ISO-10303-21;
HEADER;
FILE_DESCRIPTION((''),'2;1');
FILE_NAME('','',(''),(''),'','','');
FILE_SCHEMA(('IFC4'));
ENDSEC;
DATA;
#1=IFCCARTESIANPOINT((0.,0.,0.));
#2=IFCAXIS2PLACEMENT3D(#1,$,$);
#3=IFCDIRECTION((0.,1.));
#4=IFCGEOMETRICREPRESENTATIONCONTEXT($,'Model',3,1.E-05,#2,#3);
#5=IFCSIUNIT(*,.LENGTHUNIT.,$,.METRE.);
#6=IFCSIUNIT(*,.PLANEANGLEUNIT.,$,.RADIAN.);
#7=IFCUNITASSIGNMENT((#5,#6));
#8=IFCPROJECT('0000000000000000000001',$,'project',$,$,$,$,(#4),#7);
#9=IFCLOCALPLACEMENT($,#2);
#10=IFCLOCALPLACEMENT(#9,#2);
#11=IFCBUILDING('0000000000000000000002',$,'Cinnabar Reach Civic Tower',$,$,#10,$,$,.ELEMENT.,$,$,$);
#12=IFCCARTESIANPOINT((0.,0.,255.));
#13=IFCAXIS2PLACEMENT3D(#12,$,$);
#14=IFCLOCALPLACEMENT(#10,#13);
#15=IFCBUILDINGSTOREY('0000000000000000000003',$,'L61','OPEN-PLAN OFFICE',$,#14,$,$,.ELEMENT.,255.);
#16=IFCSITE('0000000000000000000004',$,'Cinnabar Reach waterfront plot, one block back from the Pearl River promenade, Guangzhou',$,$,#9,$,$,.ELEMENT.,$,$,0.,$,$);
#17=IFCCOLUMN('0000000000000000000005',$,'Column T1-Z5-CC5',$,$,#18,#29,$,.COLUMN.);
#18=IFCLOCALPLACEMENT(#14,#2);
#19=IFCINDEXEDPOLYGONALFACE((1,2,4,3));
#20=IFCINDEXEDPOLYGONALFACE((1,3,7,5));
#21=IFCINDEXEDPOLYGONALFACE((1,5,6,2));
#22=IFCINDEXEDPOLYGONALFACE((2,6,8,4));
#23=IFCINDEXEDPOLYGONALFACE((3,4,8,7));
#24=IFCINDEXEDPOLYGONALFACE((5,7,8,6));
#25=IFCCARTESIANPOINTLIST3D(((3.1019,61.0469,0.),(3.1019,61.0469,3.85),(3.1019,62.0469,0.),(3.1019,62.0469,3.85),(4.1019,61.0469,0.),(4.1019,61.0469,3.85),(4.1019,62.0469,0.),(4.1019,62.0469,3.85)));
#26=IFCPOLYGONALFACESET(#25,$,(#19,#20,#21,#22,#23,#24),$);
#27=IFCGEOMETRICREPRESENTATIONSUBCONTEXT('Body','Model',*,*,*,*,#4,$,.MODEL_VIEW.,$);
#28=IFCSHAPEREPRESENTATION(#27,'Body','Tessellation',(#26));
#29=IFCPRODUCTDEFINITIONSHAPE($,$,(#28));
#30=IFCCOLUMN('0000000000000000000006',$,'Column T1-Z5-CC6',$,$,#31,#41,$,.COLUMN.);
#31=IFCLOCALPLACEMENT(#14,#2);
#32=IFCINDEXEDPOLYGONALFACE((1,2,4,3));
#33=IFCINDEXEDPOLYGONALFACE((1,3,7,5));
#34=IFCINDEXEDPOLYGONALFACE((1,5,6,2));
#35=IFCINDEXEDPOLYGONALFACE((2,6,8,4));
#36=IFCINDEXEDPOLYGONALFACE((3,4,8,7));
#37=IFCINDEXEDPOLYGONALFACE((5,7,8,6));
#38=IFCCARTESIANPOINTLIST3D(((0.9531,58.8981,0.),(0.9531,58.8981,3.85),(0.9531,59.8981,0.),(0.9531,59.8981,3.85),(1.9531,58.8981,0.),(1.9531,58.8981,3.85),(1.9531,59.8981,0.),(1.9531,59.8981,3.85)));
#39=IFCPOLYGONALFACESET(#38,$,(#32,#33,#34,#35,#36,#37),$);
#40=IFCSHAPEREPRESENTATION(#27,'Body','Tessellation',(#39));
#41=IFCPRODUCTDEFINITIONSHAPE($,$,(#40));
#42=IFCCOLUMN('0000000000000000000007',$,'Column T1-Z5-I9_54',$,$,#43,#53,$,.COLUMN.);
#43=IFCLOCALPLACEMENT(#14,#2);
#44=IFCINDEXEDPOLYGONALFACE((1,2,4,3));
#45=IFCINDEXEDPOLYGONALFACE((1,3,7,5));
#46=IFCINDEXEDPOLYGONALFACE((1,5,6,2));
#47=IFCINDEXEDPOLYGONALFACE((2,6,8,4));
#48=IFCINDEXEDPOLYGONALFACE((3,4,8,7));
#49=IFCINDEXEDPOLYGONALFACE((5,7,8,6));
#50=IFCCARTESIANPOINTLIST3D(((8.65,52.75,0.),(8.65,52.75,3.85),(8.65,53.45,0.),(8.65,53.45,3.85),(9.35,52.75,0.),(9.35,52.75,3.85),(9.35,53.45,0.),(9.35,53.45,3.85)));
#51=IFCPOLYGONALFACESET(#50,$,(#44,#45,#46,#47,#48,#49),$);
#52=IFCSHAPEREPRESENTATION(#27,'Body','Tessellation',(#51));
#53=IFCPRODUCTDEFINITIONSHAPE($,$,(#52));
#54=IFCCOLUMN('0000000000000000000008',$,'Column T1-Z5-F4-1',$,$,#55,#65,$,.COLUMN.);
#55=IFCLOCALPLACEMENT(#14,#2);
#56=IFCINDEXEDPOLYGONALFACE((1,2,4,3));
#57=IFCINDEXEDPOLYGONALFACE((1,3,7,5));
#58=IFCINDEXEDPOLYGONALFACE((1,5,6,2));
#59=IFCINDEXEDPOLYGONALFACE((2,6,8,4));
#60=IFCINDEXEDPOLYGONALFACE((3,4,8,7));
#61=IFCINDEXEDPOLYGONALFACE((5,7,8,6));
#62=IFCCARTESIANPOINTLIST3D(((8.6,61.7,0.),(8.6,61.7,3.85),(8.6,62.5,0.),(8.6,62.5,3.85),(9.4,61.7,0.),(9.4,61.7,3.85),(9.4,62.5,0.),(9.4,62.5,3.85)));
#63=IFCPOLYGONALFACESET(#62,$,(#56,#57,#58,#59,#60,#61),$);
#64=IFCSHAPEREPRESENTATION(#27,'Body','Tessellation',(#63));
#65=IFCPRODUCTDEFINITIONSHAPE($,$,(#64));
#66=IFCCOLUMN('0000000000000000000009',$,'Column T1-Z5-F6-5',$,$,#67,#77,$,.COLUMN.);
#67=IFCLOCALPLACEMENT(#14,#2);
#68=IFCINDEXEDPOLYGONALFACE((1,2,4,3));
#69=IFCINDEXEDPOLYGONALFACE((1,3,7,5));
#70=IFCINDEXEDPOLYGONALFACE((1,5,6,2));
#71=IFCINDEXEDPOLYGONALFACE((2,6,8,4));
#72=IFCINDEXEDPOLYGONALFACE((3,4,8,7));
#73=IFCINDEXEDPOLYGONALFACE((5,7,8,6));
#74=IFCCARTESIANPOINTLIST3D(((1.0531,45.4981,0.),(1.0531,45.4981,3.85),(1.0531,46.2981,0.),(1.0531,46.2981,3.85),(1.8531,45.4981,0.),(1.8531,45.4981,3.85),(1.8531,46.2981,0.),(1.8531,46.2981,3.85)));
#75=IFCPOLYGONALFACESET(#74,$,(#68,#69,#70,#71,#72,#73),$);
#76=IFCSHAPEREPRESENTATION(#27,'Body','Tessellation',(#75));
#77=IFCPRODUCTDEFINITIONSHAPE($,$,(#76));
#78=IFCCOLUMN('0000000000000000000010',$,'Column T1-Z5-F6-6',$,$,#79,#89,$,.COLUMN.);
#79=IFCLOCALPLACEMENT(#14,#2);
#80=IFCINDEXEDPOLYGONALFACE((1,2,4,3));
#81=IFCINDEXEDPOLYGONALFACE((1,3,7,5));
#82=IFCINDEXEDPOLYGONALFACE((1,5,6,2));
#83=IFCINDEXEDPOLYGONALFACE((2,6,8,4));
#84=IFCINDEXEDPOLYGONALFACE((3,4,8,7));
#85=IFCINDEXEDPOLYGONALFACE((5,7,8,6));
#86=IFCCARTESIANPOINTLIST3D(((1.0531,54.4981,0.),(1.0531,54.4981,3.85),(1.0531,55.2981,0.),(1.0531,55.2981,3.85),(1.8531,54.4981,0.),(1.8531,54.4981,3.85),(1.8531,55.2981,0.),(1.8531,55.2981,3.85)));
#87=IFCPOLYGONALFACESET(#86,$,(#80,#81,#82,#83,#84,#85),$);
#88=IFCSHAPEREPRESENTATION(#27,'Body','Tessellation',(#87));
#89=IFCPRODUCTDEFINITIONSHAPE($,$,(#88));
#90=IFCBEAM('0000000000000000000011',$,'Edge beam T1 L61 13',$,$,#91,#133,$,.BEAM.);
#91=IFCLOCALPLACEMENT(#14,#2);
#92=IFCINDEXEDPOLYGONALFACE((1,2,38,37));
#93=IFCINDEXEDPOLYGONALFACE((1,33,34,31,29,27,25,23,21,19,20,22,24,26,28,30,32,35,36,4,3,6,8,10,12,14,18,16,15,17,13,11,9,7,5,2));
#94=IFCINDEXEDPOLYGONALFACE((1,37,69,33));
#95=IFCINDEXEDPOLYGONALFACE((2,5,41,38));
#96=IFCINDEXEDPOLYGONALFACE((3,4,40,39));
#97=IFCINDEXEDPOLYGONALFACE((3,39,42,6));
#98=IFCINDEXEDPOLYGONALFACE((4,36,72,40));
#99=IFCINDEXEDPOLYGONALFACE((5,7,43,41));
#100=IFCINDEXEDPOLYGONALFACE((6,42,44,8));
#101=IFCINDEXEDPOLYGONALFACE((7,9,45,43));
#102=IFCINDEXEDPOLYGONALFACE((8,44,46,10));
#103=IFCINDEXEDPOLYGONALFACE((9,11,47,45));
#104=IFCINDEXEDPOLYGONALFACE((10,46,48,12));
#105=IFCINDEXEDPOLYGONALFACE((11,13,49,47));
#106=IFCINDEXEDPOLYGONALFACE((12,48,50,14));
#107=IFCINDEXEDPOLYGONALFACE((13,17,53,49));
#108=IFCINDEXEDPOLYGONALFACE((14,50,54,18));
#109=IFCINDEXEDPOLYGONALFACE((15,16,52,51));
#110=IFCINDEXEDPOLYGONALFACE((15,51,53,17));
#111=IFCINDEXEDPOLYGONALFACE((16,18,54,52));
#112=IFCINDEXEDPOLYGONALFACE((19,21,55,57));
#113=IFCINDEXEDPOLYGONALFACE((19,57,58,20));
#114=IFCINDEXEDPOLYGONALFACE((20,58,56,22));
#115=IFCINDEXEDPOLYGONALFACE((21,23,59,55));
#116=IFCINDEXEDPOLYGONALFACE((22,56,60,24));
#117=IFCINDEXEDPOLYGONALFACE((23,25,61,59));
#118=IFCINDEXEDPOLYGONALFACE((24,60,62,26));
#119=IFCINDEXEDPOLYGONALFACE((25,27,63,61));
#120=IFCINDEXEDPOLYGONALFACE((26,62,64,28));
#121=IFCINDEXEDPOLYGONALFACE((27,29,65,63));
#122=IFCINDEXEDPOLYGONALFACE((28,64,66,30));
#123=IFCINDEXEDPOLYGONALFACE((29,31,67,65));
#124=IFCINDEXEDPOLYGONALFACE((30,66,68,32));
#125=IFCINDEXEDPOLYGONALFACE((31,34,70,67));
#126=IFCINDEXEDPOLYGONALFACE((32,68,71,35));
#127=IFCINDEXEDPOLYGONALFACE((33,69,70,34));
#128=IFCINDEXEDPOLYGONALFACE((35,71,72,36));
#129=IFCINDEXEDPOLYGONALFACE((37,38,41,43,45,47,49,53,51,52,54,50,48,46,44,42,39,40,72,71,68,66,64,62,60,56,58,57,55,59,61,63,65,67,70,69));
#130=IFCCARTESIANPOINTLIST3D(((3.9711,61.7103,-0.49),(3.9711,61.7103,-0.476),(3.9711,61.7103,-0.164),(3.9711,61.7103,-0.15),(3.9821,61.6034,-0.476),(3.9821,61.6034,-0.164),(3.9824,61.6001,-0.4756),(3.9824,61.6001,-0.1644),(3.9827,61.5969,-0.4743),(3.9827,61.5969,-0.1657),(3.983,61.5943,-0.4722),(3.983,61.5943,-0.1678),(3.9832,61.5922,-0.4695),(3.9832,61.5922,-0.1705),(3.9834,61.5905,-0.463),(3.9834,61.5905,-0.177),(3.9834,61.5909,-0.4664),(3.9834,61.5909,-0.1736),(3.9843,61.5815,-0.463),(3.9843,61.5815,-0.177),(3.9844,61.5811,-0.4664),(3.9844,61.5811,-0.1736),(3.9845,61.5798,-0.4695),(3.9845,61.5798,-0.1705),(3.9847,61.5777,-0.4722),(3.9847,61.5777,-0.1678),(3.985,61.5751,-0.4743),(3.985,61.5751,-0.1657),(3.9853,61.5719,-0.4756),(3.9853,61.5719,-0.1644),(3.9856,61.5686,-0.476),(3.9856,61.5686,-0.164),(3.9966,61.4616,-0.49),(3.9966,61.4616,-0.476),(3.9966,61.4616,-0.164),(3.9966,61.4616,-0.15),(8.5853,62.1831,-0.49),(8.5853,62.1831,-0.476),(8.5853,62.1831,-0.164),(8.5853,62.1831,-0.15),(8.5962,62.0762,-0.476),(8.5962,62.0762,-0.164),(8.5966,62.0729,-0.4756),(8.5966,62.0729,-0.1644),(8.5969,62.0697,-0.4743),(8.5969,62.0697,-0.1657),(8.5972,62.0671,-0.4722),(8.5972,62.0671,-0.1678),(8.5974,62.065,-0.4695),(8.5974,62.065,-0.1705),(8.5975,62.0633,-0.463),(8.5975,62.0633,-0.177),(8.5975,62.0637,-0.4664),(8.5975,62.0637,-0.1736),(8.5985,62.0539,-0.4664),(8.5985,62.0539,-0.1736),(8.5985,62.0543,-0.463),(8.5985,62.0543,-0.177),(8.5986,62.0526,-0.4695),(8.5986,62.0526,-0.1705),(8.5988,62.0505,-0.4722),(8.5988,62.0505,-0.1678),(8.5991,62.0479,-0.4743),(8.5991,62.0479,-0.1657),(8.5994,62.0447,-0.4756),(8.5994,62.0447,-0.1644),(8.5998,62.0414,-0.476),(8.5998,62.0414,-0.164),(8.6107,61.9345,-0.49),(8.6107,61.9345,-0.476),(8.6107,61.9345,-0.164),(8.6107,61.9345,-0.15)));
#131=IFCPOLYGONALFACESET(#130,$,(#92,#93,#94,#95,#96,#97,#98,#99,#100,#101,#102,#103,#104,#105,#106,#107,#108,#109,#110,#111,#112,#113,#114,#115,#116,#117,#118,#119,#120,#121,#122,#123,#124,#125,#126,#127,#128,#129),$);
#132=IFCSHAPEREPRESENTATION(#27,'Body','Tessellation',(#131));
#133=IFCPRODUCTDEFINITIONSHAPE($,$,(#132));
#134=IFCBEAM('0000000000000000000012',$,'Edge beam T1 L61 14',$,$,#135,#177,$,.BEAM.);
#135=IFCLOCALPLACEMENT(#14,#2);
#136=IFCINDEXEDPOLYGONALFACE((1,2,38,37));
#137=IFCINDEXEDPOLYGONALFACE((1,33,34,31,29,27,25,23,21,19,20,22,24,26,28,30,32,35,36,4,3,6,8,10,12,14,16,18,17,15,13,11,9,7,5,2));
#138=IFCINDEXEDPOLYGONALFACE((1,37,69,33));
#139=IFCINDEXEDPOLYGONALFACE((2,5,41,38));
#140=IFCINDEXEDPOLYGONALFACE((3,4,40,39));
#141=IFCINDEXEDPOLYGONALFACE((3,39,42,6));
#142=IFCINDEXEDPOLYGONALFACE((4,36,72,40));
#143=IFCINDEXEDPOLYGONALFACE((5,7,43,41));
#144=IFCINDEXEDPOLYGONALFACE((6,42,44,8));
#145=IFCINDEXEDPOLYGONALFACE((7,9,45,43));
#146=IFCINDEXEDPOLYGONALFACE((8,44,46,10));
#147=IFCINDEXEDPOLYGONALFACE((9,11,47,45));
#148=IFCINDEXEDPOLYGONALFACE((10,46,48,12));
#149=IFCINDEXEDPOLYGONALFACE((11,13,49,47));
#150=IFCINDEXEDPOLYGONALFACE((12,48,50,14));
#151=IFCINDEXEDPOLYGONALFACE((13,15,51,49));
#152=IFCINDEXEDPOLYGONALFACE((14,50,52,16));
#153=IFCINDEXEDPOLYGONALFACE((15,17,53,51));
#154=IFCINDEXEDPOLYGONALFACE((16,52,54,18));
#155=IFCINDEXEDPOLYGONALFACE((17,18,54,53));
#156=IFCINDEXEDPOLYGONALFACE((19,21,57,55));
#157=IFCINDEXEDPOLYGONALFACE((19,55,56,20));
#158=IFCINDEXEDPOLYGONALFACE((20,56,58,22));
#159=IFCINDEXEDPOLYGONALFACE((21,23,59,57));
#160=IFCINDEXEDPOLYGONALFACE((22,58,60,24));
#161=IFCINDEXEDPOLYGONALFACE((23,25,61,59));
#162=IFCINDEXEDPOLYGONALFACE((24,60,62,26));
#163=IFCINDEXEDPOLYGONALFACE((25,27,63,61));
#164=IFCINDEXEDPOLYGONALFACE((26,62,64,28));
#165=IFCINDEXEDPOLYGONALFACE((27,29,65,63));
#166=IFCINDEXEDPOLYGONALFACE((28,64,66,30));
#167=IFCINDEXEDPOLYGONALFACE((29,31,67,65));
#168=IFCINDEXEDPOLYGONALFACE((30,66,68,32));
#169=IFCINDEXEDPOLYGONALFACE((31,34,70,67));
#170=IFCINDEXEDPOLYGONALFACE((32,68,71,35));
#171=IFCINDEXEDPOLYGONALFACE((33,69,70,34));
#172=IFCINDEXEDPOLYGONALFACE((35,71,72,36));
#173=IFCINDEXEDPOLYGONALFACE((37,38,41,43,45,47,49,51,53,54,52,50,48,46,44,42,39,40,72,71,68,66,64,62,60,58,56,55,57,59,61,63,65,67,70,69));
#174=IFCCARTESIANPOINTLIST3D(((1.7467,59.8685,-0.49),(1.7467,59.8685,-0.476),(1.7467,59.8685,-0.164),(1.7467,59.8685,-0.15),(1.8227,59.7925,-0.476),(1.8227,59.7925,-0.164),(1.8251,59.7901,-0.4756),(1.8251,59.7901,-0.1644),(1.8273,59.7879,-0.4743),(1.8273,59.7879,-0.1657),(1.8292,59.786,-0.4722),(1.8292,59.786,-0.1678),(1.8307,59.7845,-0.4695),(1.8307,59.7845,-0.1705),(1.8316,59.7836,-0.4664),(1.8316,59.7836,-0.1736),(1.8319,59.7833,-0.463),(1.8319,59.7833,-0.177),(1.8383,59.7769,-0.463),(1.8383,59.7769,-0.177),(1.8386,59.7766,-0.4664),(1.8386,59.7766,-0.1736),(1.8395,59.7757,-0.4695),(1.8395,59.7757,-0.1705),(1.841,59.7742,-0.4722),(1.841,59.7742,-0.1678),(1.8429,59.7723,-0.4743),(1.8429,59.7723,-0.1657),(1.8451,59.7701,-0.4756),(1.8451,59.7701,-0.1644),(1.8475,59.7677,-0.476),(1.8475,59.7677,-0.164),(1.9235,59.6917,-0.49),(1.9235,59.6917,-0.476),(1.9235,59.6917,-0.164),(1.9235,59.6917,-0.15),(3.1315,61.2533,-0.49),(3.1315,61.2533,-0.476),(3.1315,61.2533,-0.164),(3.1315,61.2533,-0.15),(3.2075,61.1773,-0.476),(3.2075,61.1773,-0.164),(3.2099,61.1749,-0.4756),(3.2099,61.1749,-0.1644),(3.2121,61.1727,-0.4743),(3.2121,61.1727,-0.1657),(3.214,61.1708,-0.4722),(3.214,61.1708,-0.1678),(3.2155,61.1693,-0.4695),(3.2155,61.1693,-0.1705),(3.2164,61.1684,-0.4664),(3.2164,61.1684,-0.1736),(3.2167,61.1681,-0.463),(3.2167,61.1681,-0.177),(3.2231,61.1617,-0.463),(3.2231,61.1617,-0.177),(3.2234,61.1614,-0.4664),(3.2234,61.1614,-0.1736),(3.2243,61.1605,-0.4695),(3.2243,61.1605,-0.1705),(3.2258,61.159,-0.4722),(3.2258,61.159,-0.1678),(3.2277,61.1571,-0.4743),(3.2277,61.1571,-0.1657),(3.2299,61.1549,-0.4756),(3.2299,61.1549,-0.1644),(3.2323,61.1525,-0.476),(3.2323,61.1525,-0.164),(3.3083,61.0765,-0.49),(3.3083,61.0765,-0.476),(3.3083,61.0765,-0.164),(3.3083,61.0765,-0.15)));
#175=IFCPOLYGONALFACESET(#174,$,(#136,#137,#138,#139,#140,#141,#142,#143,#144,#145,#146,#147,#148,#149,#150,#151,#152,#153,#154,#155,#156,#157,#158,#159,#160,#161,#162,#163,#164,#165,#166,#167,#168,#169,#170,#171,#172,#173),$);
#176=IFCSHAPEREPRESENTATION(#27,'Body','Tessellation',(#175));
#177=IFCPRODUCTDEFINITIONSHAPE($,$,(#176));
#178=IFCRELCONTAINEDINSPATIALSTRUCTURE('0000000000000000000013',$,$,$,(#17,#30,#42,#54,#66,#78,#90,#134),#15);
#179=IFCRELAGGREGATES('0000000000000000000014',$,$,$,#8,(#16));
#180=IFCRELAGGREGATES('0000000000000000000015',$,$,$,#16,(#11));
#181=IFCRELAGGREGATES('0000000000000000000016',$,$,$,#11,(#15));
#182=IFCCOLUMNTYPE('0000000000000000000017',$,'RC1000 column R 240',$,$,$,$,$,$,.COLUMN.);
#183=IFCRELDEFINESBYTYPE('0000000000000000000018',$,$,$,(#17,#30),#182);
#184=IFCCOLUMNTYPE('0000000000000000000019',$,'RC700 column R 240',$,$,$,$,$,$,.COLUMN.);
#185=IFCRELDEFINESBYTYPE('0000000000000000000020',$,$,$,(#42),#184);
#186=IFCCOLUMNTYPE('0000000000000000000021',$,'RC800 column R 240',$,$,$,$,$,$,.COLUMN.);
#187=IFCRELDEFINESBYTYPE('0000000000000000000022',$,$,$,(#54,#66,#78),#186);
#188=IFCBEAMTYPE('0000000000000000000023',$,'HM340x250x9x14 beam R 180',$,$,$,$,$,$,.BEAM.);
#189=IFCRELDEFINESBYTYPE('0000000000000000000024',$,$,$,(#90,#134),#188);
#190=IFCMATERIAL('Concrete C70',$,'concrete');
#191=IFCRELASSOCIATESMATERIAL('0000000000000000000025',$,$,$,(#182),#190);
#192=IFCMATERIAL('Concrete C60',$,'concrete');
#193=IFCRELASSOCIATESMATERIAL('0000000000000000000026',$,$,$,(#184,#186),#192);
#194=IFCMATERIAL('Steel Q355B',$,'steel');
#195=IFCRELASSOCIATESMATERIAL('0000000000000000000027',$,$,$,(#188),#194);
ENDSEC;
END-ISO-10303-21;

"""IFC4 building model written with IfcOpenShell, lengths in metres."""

from ifc_helpers import new_model, si_unit, direction, frame, origin, origin_2d, place, context, subcontext, project, spatial, rectangle, i_section, extrude, material, material_profile, profile_set, type_object, element, save


model = new_model("IFC4")

# Units and contexts
model_context = context("Model", 3, precision=1e-05, world=origin(), true_north=direction((0.0, 1.0)))
body_context = subcontext(model_context, "Body", "Model", "MODEL_VIEW")
ifc_project = project(units=[si_unit("LENGTHUNIT", "METRE"), si_unit("PLANEANGLEUNIT", "RADIAN")], contexts=[model_context])

# Site, building, storey
site_placement = place(None, origin())
site = spatial("IfcSite", under=ifc_project, at=site_placement, Name="Cinnabar Reach waterfront plot, one block back from the Pearl River promenade, Guangzhou", CompositionType="ELEMENT", RefElevation=0.0)
building_placement = place(site_placement, origin())
building = spatial("IfcBuilding", under=site, at=building_placement, Name="Cinnabar Reach Civic Tower", CompositionType="ELEMENT")
storey_placement = place(building_placement, frame((0.0, 0.0, 255.0)))
storey = spatial("IfcBuildingStorey", under=building, at=storey_placement, Name="L61", Description="OPEN-PLAN OFFICE", CompositionType="ELEMENT", Elevation=255.0)

# Columns
ifc_material_1 = material(Name="Concrete C70", Category="concrete")
ifc_material_profile_1 = material_profile(ifc_material_1, rectangle(XDim=1.0, YDim=1.0, at=origin_2d()), Name="RC1000")
ifc_profile_set_1 = profile_set([ifc_material_profile_1], Name="Concrete C70")
column_type_1 = type_object("IfcColumnType", Name="RC1000 column R 240", PredefinedType="COLUMN", material=ifc_profile_set_1)
for number, where, z_axis, x_axis, name in (
    (1, (3.6019, 61.5469, 0.0), (0.0, 0.0, 1.0), (1.0, 0.0, 0.0), "Column T1-Z5-CC5"),
    (2, (1.4531, 59.3981, 0.0), (0.0, 0.0, 1.0), (1.0, 0.0, 0.0), "Column T1-Z5-CC6"),
):
    element("IfcColumn", number, at=place(storey_placement, frame(where, z_axis=z_axis, x_axis=x_axis)), inside=storey, type_object=column_type_1, Name=name, PredefinedType="COLUMN", context=body_context, shape_type="SweptSolid", body=[
        extrude(rectangle(XDim=1.0, YDim=1.0, at=origin_2d()), origin(), (0.0, 0.0, 1.0), 3.85),
    ])
ifc_material_2 = material(Name="Concrete C60", Category="concrete")
ifc_material_profile_2 = material_profile(ifc_material_2, rectangle(XDim=0.7, YDim=0.7, at=origin_2d()), Name="RC700")
ifc_profile_set_2 = profile_set([ifc_material_profile_2], Name="Concrete C60")
column_type_2 = type_object("IfcColumnType", Name="RC700 column R 240", PredefinedType="COLUMN", material=ifc_profile_set_2)
column_placement = place(storey_placement, frame((9.0, 53.1, 0.0), z_axis=(0.0, 0.0, 1.0), x_axis=(1.0, 0.0, 0.0)))
element("IfcColumn", 3, at=column_placement, inside=storey, type_object=column_type_2, Name="Column T1-Z5-I9_54", PredefinedType="COLUMN", context=body_context, shape_type="SweptSolid", body=[
    extrude(rectangle(XDim=0.7, YDim=0.7, at=origin_2d()), origin(), (0.0, 0.0, 1.0), 3.85),
])
ifc_material_profile_3 = material_profile(ifc_material_2, rectangle(XDim=0.8, YDim=0.8, at=origin_2d()), Name="RC800")
ifc_profile_set_3 = profile_set([ifc_material_profile_3], Name="Concrete C60")
column_type_3 = type_object("IfcColumnType", Name="RC800 column R 240", PredefinedType="COLUMN", material=ifc_profile_set_3)
for number, where, z_axis, x_axis, name in (
    (4, (9.0, 62.1, 0.0), (0.0, 0.0, 1.0), (1.0, 0.0, 0.0), "Column T1-Z5-F4-1"),
    (5, (1.4531, 45.8981, 0.0), (0.0, 0.0, 1.0), (1.0, 0.0, 0.0), "Column T1-Z5-F6-5"),
    (6, (1.4531, 54.8981, 0.0), (0.0, 0.0, 1.0), (1.0, 0.0, 0.0), "Column T1-Z5-F6-6"),
):
    element("IfcColumn", number, at=place(storey_placement, frame(where, z_axis=z_axis, x_axis=x_axis)), inside=storey, type_object=column_type_3, Name=name, PredefinedType="COLUMN", context=body_context, shape_type="SweptSolid", body=[
        extrude(rectangle(XDim=0.8, YDim=0.8, at=origin_2d()), origin(), (0.0, 0.0, 1.0), 3.85),
    ])

# Beams
ifc_material_3 = material(Name="Steel Q355B", Category="steel")
ifc_material_profile_4 = material_profile(ifc_material_3, i_section(OverallWidth=0.25, OverallDepth=0.34, WebThickness=0.009, FlangeThickness=0.014, FilletRadius=0.013, at=origin_2d()), Name="HM340x250x9x14")
ifc_profile_set_4 = profile_set([ifc_material_profile_4], Name="Steel Q355B")
beam_type_1 = type_object("IfcBeamType", Name="HM340x250x9x14 beam R 180", PredefinedType="BEAM", material=ifc_profile_set_4)
beam_1_placement = place(storey_placement, frame((8.598, 62.0588, -0.32), z_axis=(-0.994791, -0.101935, 0.0), x_axis=(0.101935, -0.994791, 0.0)))
element("IfcBeam", 7, at=beam_1_placement, inside=storey, type_object=beam_type_1, Name="Edge beam T1 L61 13", PredefinedType="BEAM", context=body_context, shape_type="SweptSolid", body=[
    extrude(i_section(OverallWidth=0.25, OverallDepth=0.34, WebThickness=0.009, FlangeThickness=0.014, FilletRadius=0.013, at=origin_2d()), origin(), (0.0, 0.0, 1.0), 4.6383),
])
beam_2_placement = place(storey_placement, frame((3.2199, 61.1649, -0.32), z_axis=(-0.707107, -0.707107, 0.0), x_axis=(0.707107, -0.707107, 0.0)))
element("IfcBeam", 8, at=beam_2_placement, inside=storey, type_object=beam_type_1, Name="Edge beam T1 L61 14", PredefinedType="BEAM", context=body_context, shape_type="SweptSolid", body=[
    extrude(i_section(OverallWidth=0.25, OverallDepth=0.34, WebThickness=0.009, FlangeThickness=0.014, FilletRadius=0.013, at=origin_2d()), origin(), (0.0, 0.0, 1.0), 1.9584),
])

save(model, "model.ifc")
